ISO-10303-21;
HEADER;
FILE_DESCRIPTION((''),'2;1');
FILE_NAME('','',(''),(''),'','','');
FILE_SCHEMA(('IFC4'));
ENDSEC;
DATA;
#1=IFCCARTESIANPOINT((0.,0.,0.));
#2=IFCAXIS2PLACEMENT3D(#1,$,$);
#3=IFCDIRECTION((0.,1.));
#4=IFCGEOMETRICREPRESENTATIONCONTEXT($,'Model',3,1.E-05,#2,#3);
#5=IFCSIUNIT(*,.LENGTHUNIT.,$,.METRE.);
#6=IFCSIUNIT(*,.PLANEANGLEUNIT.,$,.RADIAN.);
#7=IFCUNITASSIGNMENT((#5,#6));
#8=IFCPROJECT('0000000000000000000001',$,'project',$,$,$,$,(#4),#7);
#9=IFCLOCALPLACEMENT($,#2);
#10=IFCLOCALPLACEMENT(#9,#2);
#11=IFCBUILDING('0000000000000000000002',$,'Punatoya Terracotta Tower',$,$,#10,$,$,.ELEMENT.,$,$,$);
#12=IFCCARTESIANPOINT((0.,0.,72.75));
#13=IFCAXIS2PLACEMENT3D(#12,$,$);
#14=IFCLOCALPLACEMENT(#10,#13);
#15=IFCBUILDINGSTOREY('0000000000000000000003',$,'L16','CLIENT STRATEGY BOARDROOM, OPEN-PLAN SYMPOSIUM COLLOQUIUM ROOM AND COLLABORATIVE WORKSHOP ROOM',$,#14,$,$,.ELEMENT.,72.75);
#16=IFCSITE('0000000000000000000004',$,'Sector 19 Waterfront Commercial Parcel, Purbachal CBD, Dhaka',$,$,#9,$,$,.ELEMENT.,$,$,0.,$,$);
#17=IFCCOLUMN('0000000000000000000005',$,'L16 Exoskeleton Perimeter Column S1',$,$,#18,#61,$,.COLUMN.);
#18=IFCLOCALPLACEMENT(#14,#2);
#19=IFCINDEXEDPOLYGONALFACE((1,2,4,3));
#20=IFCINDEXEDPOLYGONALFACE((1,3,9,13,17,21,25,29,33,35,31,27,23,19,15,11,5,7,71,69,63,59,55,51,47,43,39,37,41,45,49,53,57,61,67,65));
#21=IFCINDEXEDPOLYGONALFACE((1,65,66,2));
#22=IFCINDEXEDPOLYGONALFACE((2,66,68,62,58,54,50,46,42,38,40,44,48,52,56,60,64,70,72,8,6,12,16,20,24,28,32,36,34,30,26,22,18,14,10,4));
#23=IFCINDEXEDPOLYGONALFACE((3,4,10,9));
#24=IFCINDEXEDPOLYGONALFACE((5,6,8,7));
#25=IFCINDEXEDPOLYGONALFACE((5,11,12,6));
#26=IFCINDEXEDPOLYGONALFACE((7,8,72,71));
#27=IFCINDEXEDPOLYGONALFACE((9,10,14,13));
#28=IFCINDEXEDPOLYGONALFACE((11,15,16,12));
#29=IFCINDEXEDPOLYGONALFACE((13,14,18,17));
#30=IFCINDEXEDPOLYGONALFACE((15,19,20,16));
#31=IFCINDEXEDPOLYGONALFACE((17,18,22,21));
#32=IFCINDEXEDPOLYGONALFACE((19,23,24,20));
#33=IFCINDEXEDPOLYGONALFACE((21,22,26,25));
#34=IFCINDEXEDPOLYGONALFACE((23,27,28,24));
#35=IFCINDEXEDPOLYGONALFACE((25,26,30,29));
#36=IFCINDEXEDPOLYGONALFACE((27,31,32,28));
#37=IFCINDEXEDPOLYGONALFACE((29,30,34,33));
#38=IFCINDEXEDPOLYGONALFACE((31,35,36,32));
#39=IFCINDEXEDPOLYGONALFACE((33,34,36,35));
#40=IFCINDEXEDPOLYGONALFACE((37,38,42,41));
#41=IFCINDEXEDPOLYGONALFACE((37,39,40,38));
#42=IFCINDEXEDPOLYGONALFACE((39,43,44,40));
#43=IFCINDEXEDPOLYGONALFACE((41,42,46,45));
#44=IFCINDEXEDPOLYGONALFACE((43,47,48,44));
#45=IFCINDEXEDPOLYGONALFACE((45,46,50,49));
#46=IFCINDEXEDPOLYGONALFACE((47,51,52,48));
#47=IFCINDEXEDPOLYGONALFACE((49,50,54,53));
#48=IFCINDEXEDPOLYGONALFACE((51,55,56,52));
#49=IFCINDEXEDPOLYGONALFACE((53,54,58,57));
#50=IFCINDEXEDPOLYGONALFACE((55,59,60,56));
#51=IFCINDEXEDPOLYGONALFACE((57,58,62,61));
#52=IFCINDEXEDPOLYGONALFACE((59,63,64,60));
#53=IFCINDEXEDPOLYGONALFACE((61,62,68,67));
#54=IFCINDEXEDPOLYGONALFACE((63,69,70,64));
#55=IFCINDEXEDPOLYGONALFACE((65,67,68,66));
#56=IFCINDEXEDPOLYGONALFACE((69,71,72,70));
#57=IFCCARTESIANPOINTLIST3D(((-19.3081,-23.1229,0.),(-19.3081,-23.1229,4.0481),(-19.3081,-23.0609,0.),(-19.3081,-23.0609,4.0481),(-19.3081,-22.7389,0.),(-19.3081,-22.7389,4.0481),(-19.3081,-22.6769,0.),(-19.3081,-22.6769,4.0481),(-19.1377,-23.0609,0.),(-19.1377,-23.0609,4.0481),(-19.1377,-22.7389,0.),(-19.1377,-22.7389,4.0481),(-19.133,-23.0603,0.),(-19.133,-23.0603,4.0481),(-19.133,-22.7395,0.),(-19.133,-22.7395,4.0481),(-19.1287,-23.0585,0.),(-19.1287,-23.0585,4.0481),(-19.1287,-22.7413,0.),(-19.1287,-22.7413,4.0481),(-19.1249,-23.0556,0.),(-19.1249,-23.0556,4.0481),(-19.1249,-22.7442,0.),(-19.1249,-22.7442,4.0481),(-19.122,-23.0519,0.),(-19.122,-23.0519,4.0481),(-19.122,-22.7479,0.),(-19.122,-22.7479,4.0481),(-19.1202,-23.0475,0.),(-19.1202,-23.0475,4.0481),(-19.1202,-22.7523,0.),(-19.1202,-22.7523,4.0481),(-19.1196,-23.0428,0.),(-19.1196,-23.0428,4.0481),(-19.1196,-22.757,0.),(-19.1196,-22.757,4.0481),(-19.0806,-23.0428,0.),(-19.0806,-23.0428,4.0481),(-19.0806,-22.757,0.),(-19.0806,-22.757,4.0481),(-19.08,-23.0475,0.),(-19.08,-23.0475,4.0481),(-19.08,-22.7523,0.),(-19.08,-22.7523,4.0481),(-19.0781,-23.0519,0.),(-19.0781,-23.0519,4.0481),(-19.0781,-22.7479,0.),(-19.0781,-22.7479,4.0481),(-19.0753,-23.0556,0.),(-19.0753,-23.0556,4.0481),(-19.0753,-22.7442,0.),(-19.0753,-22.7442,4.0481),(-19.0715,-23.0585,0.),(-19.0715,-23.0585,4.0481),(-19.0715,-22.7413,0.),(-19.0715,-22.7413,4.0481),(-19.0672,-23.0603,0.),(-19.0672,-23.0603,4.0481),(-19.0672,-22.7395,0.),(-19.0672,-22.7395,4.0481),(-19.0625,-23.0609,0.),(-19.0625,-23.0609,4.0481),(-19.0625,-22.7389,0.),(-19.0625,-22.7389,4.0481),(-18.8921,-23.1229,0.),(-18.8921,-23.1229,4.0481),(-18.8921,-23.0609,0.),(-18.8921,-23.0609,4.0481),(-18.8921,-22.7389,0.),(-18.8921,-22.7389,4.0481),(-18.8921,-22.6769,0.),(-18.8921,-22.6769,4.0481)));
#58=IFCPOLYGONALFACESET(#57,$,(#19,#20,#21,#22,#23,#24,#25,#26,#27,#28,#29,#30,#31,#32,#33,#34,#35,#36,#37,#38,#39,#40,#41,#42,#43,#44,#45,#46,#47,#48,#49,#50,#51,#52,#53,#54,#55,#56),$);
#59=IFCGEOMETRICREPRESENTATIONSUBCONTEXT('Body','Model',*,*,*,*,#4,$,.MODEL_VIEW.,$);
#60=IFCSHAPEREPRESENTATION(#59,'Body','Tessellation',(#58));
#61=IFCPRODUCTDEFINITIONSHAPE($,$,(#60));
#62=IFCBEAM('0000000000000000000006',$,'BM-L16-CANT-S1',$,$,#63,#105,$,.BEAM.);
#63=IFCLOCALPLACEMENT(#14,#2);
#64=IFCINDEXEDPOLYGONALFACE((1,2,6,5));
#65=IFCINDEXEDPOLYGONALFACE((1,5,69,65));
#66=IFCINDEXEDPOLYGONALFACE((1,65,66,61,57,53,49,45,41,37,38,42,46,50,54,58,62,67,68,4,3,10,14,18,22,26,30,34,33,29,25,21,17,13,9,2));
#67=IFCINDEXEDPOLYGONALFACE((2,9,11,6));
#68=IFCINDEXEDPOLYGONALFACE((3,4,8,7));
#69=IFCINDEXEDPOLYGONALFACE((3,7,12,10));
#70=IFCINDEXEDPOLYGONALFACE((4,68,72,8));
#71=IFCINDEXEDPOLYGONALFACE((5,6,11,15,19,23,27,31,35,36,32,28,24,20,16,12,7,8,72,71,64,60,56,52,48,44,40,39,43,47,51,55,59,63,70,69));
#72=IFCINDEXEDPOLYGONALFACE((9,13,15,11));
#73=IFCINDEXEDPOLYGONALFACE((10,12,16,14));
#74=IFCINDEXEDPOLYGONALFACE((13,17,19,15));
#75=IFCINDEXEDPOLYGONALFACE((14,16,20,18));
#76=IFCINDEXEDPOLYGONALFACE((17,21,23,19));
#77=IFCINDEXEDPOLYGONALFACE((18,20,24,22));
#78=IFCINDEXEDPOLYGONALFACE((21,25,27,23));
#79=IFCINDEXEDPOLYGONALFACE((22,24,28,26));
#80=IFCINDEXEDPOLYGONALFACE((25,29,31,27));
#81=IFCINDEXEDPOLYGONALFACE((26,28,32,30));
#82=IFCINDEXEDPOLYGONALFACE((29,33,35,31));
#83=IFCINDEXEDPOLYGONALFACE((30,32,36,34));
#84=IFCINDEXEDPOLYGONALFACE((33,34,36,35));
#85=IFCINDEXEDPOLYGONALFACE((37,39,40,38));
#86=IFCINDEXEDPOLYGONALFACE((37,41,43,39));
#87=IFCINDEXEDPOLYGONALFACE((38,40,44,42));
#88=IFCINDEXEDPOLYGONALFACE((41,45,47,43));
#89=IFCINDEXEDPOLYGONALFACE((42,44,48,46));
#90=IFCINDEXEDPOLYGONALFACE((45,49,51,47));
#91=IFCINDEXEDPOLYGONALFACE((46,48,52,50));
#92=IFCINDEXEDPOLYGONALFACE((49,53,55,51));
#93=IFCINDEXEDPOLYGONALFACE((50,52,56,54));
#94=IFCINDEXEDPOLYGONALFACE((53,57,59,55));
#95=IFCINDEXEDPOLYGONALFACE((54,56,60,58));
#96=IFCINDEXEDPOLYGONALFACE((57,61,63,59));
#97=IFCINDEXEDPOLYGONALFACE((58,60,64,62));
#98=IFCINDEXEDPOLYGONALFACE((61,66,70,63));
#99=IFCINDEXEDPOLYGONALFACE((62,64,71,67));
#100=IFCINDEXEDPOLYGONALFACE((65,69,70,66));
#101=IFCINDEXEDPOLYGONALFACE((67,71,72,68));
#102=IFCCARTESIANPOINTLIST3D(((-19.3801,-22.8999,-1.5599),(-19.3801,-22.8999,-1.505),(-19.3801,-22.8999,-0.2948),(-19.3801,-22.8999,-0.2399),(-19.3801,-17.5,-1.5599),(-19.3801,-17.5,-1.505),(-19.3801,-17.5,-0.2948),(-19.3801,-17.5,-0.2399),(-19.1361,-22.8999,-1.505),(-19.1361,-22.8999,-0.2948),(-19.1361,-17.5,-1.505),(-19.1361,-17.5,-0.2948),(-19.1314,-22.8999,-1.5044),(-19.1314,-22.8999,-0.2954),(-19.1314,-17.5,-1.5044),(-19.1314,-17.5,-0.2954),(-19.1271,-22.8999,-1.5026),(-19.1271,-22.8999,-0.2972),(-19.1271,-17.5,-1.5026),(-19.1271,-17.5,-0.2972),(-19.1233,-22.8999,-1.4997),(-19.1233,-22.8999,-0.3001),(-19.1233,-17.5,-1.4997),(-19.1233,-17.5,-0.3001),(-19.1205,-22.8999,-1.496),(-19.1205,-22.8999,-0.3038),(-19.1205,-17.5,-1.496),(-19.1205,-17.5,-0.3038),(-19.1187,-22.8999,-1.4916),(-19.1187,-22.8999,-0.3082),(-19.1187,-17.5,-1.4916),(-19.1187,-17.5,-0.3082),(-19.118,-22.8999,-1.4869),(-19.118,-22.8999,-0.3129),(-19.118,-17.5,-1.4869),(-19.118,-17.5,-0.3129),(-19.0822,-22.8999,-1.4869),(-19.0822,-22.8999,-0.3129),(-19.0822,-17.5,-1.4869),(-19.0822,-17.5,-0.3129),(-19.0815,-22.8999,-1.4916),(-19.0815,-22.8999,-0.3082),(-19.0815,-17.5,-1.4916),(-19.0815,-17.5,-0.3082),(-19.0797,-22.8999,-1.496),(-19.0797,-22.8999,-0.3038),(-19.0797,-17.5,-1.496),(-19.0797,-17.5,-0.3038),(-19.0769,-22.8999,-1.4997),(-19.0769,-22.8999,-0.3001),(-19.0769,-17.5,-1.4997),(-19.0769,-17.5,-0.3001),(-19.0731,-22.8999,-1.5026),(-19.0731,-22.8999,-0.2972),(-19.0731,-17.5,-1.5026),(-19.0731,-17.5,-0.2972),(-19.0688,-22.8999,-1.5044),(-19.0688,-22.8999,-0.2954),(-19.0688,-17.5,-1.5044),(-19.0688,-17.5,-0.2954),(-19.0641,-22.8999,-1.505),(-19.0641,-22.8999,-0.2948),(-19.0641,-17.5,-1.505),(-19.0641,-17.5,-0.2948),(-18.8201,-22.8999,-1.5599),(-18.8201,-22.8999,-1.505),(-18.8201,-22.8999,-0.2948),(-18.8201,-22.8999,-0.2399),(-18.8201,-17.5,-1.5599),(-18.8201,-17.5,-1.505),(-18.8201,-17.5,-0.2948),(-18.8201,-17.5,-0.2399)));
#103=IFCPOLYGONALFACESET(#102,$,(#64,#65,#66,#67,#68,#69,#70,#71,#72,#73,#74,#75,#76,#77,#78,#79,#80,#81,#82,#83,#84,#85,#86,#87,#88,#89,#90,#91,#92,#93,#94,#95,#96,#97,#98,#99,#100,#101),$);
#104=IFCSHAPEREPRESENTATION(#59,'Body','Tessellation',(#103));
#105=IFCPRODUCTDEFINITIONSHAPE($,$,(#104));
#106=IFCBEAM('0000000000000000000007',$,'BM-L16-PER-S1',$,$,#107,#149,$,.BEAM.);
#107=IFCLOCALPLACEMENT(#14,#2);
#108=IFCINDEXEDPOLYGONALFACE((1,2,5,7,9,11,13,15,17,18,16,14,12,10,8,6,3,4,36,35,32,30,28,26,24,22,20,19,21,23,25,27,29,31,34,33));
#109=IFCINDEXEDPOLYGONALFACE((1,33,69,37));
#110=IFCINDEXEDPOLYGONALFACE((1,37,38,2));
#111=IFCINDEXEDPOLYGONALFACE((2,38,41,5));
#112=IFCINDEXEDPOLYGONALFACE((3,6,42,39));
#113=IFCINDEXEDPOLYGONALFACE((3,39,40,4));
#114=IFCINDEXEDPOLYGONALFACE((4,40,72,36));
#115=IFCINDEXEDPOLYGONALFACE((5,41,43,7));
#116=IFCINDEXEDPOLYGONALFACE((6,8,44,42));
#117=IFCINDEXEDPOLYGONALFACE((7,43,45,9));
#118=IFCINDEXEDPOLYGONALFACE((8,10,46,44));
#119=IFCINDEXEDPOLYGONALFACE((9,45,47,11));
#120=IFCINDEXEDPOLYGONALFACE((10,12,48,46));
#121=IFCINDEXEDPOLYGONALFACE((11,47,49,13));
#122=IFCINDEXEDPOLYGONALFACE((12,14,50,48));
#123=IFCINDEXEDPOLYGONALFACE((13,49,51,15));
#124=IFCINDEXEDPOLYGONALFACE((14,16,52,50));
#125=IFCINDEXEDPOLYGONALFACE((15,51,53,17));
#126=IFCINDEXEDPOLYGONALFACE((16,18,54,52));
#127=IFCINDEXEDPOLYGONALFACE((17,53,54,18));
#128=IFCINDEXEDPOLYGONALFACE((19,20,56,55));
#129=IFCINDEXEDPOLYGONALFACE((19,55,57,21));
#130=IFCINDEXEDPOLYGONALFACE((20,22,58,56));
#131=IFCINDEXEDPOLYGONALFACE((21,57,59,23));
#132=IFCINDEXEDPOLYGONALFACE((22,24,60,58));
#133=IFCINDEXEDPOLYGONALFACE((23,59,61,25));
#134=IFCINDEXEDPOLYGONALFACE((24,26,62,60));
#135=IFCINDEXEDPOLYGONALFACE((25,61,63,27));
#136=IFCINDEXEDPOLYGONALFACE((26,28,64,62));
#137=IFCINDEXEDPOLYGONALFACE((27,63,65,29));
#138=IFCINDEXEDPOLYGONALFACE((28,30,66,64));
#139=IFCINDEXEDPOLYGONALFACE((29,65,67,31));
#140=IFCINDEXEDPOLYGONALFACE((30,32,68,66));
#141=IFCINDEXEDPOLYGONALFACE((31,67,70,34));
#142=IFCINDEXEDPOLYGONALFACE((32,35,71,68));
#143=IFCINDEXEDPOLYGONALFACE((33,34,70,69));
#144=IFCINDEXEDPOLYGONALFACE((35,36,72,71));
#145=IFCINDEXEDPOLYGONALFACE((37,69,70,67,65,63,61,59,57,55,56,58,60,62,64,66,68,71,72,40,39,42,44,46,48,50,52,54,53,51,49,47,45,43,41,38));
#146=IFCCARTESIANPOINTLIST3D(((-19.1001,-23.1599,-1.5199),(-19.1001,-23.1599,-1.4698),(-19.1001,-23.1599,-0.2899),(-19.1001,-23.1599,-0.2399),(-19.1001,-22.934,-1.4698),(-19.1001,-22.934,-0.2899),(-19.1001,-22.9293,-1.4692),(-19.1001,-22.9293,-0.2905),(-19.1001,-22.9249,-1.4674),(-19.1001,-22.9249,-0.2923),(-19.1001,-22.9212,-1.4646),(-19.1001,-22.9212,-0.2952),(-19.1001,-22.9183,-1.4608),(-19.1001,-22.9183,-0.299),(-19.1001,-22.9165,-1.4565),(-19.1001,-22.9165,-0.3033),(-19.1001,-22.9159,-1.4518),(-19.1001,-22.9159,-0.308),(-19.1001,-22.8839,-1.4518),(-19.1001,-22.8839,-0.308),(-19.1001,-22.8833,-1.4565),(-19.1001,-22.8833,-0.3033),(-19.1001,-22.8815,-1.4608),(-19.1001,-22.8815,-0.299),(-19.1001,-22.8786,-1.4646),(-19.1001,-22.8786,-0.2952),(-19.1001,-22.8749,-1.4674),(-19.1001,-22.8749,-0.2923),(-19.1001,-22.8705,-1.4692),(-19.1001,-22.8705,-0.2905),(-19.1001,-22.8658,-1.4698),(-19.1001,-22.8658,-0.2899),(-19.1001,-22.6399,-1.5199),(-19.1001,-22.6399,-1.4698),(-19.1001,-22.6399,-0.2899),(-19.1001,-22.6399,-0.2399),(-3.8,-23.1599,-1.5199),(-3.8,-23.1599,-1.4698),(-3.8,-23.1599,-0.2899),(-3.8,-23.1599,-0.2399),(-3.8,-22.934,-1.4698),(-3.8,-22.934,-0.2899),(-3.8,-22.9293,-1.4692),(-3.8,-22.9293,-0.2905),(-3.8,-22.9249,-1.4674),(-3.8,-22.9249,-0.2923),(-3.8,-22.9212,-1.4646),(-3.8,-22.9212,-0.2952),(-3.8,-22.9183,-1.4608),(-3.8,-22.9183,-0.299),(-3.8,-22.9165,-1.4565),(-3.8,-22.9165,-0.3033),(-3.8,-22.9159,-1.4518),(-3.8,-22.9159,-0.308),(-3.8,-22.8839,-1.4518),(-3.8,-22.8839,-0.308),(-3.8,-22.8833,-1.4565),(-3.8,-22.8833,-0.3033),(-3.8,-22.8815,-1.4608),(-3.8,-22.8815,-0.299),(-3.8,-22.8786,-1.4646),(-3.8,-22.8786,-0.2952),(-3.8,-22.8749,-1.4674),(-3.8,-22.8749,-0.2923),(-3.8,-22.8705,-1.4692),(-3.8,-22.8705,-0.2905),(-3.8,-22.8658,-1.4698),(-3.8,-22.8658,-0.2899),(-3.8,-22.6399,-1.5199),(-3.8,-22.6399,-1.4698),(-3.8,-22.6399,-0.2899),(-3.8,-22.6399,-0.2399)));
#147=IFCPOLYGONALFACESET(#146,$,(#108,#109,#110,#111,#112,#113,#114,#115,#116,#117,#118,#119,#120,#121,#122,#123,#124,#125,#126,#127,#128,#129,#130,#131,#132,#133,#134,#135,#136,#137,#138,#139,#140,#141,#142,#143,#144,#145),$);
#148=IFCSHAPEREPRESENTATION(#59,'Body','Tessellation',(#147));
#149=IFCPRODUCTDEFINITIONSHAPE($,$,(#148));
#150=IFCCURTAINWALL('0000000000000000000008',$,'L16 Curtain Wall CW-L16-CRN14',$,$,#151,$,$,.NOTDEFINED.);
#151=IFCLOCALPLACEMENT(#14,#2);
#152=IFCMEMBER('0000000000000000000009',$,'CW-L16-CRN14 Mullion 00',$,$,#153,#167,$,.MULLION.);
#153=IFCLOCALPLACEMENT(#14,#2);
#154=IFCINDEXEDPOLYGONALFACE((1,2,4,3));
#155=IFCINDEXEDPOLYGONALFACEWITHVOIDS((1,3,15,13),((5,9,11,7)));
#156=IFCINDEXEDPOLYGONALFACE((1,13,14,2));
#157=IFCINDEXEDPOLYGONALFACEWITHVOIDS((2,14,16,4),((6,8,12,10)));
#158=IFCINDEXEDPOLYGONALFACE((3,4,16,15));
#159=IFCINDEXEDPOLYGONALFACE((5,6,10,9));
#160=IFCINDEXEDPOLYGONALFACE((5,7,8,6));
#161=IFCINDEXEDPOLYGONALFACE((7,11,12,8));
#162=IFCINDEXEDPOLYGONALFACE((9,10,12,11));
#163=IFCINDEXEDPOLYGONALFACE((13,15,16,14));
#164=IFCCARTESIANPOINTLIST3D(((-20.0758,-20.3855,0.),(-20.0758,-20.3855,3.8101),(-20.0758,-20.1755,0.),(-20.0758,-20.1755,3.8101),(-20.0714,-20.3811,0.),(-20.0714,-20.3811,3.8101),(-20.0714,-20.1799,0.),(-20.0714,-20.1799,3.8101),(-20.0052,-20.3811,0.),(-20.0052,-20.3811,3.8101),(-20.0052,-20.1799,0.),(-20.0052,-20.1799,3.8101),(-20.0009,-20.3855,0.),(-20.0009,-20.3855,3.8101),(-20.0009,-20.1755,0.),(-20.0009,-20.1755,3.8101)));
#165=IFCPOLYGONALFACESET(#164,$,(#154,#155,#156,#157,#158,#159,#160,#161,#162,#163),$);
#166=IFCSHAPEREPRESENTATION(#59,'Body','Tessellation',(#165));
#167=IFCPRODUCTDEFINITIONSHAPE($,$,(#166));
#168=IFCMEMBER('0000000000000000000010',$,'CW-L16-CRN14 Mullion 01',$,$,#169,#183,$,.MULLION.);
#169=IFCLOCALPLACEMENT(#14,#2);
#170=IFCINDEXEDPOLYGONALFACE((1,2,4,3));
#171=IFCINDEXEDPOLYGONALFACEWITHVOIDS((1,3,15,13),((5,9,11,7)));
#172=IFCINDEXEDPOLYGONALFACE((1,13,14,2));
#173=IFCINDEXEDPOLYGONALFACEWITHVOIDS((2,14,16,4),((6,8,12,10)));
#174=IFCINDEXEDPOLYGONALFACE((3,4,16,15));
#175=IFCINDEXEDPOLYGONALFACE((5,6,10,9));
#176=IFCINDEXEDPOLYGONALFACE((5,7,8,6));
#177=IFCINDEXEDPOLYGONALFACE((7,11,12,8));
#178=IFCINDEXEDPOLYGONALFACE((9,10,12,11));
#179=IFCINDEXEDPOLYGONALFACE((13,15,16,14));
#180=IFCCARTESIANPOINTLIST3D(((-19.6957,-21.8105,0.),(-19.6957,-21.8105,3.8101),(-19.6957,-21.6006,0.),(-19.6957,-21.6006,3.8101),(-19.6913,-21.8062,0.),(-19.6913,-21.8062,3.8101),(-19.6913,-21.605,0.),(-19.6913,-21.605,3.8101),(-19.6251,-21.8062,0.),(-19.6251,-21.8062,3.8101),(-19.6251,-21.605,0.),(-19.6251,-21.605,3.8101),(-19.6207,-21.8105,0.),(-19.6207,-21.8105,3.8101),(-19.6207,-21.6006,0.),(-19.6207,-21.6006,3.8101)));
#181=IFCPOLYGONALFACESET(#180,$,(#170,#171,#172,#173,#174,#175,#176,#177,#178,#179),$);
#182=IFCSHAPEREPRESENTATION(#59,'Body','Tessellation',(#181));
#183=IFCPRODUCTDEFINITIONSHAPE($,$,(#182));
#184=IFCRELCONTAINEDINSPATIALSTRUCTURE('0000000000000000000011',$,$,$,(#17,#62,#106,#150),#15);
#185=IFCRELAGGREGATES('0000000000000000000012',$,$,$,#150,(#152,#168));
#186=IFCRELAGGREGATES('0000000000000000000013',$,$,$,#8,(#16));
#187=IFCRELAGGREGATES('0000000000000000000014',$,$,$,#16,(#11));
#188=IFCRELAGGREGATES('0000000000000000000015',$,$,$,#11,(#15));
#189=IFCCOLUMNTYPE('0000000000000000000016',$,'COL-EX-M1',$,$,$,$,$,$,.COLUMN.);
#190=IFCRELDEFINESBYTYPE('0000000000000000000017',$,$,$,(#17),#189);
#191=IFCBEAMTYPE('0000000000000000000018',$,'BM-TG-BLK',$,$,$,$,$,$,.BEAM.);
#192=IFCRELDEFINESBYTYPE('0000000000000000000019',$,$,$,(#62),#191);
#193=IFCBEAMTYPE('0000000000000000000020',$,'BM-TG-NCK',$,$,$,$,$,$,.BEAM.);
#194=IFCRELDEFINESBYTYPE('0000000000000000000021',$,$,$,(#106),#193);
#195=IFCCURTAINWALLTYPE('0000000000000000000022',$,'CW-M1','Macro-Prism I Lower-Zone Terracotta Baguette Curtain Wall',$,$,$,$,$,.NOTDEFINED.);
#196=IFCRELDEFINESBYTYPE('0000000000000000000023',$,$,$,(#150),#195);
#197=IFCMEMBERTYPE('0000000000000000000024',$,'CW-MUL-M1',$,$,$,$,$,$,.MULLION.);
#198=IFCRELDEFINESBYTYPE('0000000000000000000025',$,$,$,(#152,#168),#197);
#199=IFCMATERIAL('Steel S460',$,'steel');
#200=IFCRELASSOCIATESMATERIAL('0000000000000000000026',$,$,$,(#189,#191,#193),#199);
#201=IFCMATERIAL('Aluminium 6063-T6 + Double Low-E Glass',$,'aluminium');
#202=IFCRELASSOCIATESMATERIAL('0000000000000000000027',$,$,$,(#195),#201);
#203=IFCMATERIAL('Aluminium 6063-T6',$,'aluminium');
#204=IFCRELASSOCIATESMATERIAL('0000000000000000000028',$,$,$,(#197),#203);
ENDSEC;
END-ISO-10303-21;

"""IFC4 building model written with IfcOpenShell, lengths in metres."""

from ifc_helpers import new_model, si_unit, direction, frame, origin, origin_2d, place, context, subcontext, project, spatial, hollow_rectangle, i_section, extrude, material, material_profile, profile_set, type_object, element, aggregate, save


model = new_model("IFC4")

# Units and contexts
model_context = context("Model", 3, precision=1e-05, world=origin(), true_north=direction((0.0, 1.0)))
body_context = subcontext(model_context, "Body", "Model", "MODEL_VIEW")
ifc_project = project(units=[si_unit("LENGTHUNIT", "METRE"), si_unit("PLANEANGLEUNIT", "RADIAN")], contexts=[model_context])

# Site, building, storey
site_placement = place(None, origin())
site = spatial("IfcSite", under=ifc_project, at=site_placement, Name="Sector 19 Waterfront Commercial Parcel, Purbachal CBD, Dhaka", CompositionType="ELEMENT", RefElevation=0.0)
building_placement = place(site_placement, origin())
building = spatial("IfcBuilding", under=site, at=building_placement, Name="Punatoya Terracotta Tower", CompositionType="ELEMENT")
storey_placement = place(building_placement, frame((0.0, 0.0, 72.75)))
storey = spatial("IfcBuildingStorey", under=building, at=storey_placement, Name="L16", Description="CLIENT STRATEGY BOARDROOM, OPEN-PLAN SYMPOSIUM COLLOQUIUM ROOM AND COLLABORATIVE WORKSHOP ROOM", CompositionType="ELEMENT", Elevation=72.75)

# Column
ifc_material_1 = material(Name="Steel S460", Category="steel")
ifc_material_profile_1 = material_profile(ifc_material_1, i_section(OverallWidth=0.416, OverallDepth=0.446, WebThickness=0.0391, FlangeThickness=0.062, FilletRadius=0.0181, at=origin_2d()))
ifc_profile_set_1 = profile_set([ifc_material_profile_1], Name="Steel S460")
column_type = type_object("IfcColumnType", Name="COL-EX-M1", PredefinedType="COLUMN", material=ifc_profile_set_1)
column_placement = place(storey_placement, frame((-19.1001, -22.8999, 0.0), z_axis=(0.0, 0.0, 1.0), x_axis=(1.0, 0.0, 0.0)))
element("IfcColumn", 1, at=column_placement, inside=storey, type_object=column_type, Name="L16 Exoskeleton Perimeter Column S1", PredefinedType="COLUMN", context=body_context, shape_type="SweptSolid", body=[
    extrude(i_section(OverallWidth=0.416, OverallDepth=0.446, WebThickness=0.0391, FlangeThickness=0.062, FilletRadius=0.0181, at=origin_2d()), origin(), (0.0, 0.0, 1.0), 4.0481),
])

# Beams
ifc_material_profile_2 = material_profile(ifc_material_1, i_section(OverallWidth=0.5601, OverallDepth=1.3201, WebThickness=0.0359, FlangeThickness=0.0549, FilletRadius=0.0181, at=origin_2d()))
ifc_profile_set_2 = profile_set([ifc_material_profile_2], Name="Steel S460")
beam_type_1 = type_object("IfcBeamType", Name="BM-TG-BLK", PredefinedType="BEAM", material=ifc_profile_set_2)
beam_1_placement = place(storey_placement, frame((-19.1001, -22.8999, -0.8999), z_axis=(0.0, 1.0, 0.0), x_axis=(-1.0, 0.0, 0.0)))
element("IfcBeam", 2, at=beam_1_placement, inside=storey, type_object=beam_type_1, Name="BM-L16-CANT-S1", PredefinedType="BEAM", context=body_context, shape_type="SweptSolid", body=[
    extrude(i_section(OverallWidth=0.5601, OverallDepth=1.3201, WebThickness=0.0359, FlangeThickness=0.0549, FilletRadius=0.0181, at=origin_2d()), origin(), (0.0, 0.0, 1.0), 5.3999),
])
ifc_material_profile_3 = material_profile(ifc_material_1, i_section(OverallWidth=0.52, OverallDepth=1.28, WebThickness=0.032, FlangeThickness=0.05, FilletRadius=0.0181, at=origin_2d()))
ifc_profile_set_3 = profile_set([ifc_material_profile_3], Name="Steel S460")
beam_type_2 = type_object("IfcBeamType", Name="BM-TG-NCK", PredefinedType="BEAM", material=ifc_profile_set_3)
beam_2_placement = place(storey_placement, frame((-19.1001, -22.8999, -0.8799), z_axis=(1.0, 0.0, 0.0), x_axis=(0.0, 1.0, 0.0)))
element("IfcBeam", 3, at=beam_2_placement, inside=storey, type_object=beam_type_2, Name="BM-L16-PER-S1", PredefinedType="BEAM", context=body_context, shape_type="SweptSolid", body=[
    extrude(i_section(OverallWidth=0.52, OverallDepth=1.28, WebThickness=0.032, FlangeThickness=0.05, FilletRadius=0.0181, at=origin_2d()), origin(), (0.0, 0.0, 1.0), 15.3),
])

# Curtain wall, members
ifc_material_2 = material(Name="Aluminium 6063-T6 + Double Low-E Glass", Category="aluminium")
curtain_wall_type = type_object("IfcCurtainWallType", Name="CW-M1", Description="Macro-Prism I Lower-Zone Terracotta Baguette Curtain Wall", PredefinedType="NOTDEFINED", material=ifc_material_2)
curtain_wall_1_placement = place(storey_placement, origin())
curtain_wall_1 = element("IfcCurtainWall", 4, at=curtain_wall_1_placement, inside=storey, type_object=curtain_wall_type, Name="L16 Curtain Wall CW-L16-CRN14", PredefinedType="NOTDEFINED")
ifc_material_3 = material(Name="Aluminium 6063-T6", Category="aluminium")
ifc_material_profile_4 = material_profile(ifc_material_3, hollow_rectangle(XDim=0.075, YDim=0.21, WallThickness=0.0044, at=origin_2d()))
ifc_profile_set_4 = profile_set([ifc_material_profile_4], Name="Aluminium 6063-T6")
member_type_1 = type_object("IfcMemberType", Name="CW-MUL-M1", PredefinedType="MULLION", material=ifc_profile_set_4)
member_1_placement = place(storey_placement, frame((-20.0383, -20.2805, 0.0), z_axis=(0.0, 0.0, 1.0), x_axis=(1.0, 0.0, 0.0)))
member_1 = element("IfcMember", 5, at=member_1_placement, type_object=member_type_1, Name="CW-L16-CRN14 Mullion 00", PredefinedType="MULLION", context=body_context, shape_type="SweptSolid", body=[
    extrude(hollow_rectangle(XDim=0.075, YDim=0.21, WallThickness=0.0044, at=origin_2d()), origin(), (0.0, 0.0, 1.0), 3.8101),
])
member_2_placement = place(storey_placement, frame((-19.6582, -21.7056, 0.0), z_axis=(0.0, 0.0, 1.0), x_axis=(1.0, 0.0, 0.0)))
member_2 = element("IfcMember", 6, at=member_2_placement, type_object=member_type_1, Name="CW-L16-CRN14 Mullion 01", PredefinedType="MULLION", context=body_context, shape_type="SweptSolid", body=[
    extrude(hollow_rectangle(XDim=0.075, YDim=0.21, WallThickness=0.0044, at=origin_2d()), origin(), (0.0, 0.0, 1.0), 3.8101),
])

aggregate(curtain_wall_1, [member_1, member_2])

save(model, "model.ifc")
